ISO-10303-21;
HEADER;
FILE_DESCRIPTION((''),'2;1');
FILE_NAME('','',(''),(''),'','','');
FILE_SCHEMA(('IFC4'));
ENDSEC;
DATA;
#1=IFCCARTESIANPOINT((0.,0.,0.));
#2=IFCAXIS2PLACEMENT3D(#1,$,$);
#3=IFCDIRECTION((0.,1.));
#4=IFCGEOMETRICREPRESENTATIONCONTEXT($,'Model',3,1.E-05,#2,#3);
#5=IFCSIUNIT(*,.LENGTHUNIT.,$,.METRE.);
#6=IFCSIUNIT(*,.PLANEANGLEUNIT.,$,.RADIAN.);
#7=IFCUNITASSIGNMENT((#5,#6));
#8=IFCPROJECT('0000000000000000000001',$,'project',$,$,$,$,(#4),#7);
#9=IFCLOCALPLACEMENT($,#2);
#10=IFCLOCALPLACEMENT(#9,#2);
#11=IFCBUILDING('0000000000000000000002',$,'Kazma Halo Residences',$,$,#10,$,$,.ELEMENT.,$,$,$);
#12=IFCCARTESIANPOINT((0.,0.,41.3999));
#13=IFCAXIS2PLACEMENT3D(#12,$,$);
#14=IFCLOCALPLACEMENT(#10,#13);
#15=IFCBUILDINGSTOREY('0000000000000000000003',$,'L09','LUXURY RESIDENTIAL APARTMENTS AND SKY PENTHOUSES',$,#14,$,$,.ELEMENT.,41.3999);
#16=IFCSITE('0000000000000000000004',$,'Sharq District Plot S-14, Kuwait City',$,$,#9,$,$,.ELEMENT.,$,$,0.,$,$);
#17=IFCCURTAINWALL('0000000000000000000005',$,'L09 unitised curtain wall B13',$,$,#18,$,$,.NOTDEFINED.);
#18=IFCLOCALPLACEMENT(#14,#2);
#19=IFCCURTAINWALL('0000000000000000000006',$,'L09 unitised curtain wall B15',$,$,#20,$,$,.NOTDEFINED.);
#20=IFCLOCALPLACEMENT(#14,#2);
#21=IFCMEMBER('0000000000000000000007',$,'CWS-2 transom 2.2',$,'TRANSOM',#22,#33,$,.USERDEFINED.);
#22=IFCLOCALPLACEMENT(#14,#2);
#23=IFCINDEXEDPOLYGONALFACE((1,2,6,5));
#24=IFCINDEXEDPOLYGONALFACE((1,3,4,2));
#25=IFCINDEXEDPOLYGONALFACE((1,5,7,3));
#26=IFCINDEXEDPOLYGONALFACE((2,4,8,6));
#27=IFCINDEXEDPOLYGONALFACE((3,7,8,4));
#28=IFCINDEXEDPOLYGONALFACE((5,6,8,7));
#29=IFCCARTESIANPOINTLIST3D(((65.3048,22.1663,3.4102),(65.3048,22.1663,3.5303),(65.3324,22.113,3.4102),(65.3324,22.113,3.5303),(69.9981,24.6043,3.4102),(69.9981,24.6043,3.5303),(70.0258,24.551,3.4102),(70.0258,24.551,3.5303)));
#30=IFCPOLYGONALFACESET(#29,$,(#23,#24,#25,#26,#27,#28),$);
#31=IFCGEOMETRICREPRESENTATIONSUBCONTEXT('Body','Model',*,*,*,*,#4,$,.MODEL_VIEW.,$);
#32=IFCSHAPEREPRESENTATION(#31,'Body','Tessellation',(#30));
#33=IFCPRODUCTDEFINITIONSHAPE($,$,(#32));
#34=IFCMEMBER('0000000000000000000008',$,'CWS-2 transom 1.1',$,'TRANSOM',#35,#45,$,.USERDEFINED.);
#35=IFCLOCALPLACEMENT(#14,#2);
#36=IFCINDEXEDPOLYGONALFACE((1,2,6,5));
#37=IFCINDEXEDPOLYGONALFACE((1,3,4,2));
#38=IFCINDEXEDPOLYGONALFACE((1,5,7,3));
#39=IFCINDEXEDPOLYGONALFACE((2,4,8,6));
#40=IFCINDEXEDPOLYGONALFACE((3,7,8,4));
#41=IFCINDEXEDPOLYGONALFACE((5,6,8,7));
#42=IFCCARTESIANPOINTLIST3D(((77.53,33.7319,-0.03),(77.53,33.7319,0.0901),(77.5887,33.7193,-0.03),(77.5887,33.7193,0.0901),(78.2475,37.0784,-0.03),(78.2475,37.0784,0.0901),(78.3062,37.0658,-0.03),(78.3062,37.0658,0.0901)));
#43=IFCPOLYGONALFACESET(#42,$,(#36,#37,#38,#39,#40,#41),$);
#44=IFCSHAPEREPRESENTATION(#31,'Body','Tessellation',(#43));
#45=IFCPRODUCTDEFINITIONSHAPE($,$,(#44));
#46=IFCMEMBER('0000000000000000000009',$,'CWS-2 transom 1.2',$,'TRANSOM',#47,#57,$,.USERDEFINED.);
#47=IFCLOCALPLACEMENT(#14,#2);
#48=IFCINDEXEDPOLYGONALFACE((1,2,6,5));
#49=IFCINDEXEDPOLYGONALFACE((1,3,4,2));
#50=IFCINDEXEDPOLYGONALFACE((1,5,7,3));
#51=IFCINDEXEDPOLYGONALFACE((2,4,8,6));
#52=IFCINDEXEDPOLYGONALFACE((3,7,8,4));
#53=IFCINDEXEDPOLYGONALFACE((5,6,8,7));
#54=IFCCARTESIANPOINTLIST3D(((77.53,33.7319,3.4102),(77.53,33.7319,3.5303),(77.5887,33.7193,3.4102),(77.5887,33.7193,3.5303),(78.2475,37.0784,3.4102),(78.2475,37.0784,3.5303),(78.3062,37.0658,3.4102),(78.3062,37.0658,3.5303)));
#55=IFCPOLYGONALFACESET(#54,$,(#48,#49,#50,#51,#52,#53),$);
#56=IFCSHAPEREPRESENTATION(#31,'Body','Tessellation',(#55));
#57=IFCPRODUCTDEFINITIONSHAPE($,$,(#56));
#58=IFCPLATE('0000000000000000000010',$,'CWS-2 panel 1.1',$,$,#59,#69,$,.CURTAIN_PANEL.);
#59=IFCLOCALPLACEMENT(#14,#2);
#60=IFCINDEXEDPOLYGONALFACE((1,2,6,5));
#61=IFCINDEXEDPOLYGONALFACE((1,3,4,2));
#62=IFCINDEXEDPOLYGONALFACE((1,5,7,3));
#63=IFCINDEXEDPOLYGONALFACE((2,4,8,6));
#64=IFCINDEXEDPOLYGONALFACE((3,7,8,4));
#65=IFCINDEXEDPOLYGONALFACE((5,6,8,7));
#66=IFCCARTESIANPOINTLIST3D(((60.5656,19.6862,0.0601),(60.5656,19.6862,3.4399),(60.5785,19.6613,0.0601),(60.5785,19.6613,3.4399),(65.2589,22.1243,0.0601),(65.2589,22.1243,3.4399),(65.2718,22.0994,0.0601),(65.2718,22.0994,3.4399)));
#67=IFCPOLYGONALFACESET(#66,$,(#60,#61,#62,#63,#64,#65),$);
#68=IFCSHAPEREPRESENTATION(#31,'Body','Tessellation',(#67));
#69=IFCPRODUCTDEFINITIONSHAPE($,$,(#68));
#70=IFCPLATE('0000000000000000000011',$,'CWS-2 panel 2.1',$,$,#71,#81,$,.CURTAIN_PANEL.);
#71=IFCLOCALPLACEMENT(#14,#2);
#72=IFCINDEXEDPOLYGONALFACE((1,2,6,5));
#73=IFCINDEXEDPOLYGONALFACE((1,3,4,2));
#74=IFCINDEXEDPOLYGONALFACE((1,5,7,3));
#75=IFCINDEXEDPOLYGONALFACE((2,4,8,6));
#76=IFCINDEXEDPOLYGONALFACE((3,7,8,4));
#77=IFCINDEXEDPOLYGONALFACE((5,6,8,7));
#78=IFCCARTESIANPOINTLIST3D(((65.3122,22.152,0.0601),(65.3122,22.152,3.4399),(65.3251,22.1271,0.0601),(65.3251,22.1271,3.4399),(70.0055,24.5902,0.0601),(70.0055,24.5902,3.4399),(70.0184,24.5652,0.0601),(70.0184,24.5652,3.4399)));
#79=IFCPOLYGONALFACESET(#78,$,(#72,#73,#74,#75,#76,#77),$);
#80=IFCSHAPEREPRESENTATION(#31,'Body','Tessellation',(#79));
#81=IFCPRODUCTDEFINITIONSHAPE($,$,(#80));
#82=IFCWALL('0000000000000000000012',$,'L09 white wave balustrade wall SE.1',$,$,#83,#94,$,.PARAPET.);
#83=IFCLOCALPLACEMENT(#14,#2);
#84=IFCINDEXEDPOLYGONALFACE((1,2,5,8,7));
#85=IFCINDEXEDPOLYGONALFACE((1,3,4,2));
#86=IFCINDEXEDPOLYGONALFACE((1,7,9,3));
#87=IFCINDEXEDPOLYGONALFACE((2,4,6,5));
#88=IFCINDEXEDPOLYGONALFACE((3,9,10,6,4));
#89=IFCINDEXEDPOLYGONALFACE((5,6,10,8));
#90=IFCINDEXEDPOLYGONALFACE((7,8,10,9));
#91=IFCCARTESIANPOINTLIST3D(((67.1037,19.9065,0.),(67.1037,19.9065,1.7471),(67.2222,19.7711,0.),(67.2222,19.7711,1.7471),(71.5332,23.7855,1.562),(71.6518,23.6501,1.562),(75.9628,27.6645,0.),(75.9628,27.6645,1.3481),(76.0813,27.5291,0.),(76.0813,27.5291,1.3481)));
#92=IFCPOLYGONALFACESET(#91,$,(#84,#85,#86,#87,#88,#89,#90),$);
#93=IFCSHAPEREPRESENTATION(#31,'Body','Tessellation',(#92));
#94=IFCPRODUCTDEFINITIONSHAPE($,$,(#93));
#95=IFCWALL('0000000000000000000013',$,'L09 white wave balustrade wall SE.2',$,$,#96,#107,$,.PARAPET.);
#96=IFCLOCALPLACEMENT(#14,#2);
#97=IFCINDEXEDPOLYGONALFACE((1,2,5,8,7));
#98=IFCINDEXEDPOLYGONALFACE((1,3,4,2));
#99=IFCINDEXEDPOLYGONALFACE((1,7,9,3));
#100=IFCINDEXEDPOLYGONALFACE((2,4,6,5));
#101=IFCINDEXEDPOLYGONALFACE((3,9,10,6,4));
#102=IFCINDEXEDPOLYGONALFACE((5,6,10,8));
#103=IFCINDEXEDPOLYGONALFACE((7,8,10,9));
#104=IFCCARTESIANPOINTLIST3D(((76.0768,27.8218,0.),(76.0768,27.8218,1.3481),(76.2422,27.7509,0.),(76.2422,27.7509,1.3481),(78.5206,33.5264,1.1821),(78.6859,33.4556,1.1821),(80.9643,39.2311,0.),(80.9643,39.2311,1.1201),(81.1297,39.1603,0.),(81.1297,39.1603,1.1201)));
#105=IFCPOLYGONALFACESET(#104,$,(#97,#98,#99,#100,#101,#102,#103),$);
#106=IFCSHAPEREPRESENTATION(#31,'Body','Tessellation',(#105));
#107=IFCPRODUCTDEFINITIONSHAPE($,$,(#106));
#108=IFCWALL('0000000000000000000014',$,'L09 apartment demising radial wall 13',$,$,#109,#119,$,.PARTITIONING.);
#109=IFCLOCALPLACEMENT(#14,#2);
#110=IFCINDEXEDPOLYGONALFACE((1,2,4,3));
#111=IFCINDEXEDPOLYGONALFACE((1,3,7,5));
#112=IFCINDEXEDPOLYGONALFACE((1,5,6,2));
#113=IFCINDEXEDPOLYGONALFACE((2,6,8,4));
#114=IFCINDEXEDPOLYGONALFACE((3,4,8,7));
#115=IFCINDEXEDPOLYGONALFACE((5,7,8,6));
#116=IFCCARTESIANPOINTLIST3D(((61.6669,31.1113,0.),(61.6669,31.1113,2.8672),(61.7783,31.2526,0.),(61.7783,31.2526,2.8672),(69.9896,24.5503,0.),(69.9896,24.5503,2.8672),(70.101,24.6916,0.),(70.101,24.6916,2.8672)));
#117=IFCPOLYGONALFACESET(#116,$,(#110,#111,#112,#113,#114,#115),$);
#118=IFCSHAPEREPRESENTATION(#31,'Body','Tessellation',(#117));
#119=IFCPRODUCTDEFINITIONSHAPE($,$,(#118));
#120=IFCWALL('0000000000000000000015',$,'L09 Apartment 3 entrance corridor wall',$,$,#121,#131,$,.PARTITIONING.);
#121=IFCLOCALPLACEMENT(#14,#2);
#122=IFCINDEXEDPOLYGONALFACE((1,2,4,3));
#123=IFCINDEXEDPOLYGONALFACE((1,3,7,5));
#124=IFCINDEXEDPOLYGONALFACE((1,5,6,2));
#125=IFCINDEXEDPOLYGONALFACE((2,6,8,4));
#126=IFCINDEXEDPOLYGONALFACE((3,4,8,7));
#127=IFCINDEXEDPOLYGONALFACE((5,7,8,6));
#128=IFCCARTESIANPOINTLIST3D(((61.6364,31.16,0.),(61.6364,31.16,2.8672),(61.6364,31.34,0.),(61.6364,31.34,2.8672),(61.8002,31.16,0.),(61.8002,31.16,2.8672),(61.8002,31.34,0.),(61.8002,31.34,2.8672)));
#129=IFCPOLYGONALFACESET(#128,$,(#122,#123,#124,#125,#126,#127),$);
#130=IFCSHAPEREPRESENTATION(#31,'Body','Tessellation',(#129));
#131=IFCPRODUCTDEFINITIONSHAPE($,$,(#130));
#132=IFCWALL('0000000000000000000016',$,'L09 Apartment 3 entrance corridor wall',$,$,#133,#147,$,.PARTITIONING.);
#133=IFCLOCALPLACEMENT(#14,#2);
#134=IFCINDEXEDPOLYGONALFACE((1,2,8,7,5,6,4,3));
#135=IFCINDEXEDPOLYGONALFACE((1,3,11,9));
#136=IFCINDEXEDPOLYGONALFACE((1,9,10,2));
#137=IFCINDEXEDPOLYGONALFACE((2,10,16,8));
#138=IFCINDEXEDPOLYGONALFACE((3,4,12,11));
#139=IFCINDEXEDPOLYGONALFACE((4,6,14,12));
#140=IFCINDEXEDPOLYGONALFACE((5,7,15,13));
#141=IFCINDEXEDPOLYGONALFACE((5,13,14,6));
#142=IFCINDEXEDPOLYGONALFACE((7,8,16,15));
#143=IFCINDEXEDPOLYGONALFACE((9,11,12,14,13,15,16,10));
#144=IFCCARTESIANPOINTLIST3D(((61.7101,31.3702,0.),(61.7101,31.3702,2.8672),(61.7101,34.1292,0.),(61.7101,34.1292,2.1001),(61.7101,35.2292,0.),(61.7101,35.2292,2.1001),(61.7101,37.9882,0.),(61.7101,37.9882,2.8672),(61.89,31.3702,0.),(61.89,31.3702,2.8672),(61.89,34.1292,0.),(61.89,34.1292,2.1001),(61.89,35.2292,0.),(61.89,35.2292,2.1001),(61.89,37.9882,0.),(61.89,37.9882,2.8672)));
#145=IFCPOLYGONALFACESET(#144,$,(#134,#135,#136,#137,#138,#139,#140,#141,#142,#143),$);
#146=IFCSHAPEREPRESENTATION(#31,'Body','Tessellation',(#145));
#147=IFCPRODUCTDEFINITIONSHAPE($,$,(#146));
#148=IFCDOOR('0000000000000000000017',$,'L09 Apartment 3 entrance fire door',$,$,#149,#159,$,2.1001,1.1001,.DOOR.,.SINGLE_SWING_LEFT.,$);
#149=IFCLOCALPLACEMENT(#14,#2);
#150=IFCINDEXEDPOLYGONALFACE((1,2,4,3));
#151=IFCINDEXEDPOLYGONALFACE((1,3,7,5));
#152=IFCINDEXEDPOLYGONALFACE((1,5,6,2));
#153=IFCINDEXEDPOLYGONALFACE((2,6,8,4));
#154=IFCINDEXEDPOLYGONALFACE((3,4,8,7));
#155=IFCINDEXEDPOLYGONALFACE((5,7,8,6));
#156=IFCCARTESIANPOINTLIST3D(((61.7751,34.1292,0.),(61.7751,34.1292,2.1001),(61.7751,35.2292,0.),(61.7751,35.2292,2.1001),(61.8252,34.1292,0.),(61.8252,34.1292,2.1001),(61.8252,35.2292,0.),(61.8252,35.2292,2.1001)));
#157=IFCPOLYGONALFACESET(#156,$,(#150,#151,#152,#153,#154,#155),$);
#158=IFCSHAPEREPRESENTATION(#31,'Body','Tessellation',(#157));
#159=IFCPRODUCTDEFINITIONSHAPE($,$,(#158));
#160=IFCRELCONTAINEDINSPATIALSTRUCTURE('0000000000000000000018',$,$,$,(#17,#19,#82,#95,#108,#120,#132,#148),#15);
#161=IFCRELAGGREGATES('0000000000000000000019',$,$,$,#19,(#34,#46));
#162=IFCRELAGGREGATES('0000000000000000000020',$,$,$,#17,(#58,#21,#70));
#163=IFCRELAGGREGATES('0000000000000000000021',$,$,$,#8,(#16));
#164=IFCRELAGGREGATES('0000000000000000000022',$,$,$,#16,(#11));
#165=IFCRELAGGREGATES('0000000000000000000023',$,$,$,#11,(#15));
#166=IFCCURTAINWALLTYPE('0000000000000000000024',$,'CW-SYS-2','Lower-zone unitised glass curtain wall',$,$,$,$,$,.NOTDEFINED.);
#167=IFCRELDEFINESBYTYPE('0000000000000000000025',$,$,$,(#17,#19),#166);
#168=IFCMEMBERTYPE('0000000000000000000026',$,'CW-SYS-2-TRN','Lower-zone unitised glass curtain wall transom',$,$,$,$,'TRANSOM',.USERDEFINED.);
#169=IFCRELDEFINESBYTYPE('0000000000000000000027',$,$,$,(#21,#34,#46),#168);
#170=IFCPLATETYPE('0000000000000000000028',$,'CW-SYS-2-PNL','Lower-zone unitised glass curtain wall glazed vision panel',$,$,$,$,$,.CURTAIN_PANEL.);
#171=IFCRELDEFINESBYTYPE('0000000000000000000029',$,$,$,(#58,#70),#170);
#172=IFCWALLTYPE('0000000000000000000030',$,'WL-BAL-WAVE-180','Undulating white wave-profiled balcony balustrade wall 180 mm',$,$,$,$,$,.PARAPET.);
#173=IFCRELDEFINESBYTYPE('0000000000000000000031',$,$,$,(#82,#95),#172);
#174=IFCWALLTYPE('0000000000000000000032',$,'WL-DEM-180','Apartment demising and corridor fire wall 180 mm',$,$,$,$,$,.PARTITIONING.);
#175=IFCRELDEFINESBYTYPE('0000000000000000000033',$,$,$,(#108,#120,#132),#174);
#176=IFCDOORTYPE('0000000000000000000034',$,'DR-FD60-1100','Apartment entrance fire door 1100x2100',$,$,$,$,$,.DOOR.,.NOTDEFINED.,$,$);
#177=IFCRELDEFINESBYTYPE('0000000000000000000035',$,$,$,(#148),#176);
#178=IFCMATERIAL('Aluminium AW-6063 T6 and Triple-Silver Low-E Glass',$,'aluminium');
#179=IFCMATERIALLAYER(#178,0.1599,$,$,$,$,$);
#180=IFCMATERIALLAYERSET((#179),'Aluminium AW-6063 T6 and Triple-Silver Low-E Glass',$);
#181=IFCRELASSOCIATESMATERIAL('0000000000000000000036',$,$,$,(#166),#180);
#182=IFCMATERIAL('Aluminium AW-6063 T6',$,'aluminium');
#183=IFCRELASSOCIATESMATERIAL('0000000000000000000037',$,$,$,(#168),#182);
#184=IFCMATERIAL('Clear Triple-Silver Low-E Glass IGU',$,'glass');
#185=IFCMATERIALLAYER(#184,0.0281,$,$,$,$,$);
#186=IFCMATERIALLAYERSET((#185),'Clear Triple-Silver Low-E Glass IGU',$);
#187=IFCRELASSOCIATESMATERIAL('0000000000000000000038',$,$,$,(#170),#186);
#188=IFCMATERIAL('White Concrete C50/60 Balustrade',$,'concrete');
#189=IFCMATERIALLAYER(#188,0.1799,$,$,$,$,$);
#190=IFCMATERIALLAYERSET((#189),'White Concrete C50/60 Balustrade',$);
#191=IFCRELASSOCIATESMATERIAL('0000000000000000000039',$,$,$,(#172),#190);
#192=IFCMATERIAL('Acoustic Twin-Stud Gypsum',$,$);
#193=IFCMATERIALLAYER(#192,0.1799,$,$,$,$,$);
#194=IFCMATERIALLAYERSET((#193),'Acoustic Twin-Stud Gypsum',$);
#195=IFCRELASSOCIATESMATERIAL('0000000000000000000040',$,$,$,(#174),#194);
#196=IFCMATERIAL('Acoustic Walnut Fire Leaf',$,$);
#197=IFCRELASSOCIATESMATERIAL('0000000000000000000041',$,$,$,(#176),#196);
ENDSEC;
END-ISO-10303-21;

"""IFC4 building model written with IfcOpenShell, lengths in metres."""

from ifc_helpers import new_model, si_unit, direction, frame, frame_2d, origin, origin_2d, place, context, subcontext, project, spatial, polyline, rectangle, outline, extrude, material, layer, layer_set, material_profile, profile_set, type_object, element, fill, aggregate, save


model = new_model("IFC4")

# Units and contexts
model_context = context("Model", 3, precision=1e-05, world=origin(), true_north=direction((0.0, 1.0)))
body_context = subcontext(model_context, "Body", "Model", "MODEL_VIEW")
ifc_project = project(units=[si_unit("LENGTHUNIT", "METRE"), si_unit("PLANEANGLEUNIT", "RADIAN")], contexts=[model_context])

# Site, building, storey
site_placement = place(None, origin())
site = spatial("IfcSite", under=ifc_project, at=site_placement, Name="Sharq District Plot S-14, Kuwait City", CompositionType="ELEMENT", RefElevation=0.0)
building_placement = place(site_placement, origin())
building = spatial("IfcBuilding", under=site, at=building_placement, Name="Kazma Halo Residences", CompositionType="ELEMENT")
storey_placement = place(building_placement, frame((0.0, 0.0, 41.3999)))
storey = spatial("IfcBuildingStorey", under=building, at=storey_placement, Name="L09", Description="LUXURY RESIDENTIAL APARTMENTS AND SKY PENTHOUSES", CompositionType="ELEMENT", Elevation=41.3999)

# Curtain wall
ifc_material_1 = material(Name="Aluminium AW-6063 T6 and Triple-Silver Low-E Glass", Category="aluminium")
ifc_layer_1 = layer(ifc_material_1, 0.1599)
ifc_layer_set_1 = layer_set([ifc_layer_1], Name="Aluminium AW-6063 T6 and Triple-Silver Low-E Glass")
curtain_wall_type = type_object("IfcCurtainWallType", Name="CW-SYS-2", Description="Lower-zone unitised glass curtain wall", PredefinedType="NOTDEFINED", material=ifc_layer_set_1)
curtain_wall_1_placement = place(storey_placement, origin())
curtain_wall_1 = element("IfcCurtainWall", 1, at=curtain_wall_1_placement, inside=storey, type_object=curtain_wall_type, Name="L09 unitised curtain wall B13", PredefinedType="NOTDEFINED")
ifc_material_2 = material(Name="Aluminium AW-6063 T6", Category="aluminium")

# Curtain wall
curtain_wall_2_placement = place(storey_placement, origin())
curtain_wall_2 = element("IfcCurtainWall", 2, at=curtain_wall_2_placement, inside=storey, type_object=curtain_wall_type, Name="L09 unitised curtain wall B15", PredefinedType="NOTDEFINED")

# Members
ifc_material_profile_1 = material_profile(ifc_material_2, rectangle(XDim=0.0601, YDim=0.1201, at=origin_2d()), Name="CWT-60x120")
ifc_profile_set_1 = profile_set([ifc_material_profile_1], Name="Aluminium AW-6063 T6")
member_type_1 = type_object("IfcMemberType", Name="CW-SYS-2-TRN", Description="Lower-zone unitised glass curtain wall transom", ElementType="TRANSOM", PredefinedType="USERDEFINED", material=ifc_profile_set_1)
member_1_placement = place(storey_placement, frame((65.3186, 22.1396, 3.4702), z_axis=(0.887415, 0.460972, 0.0), x_axis=(-0.460972, 0.887415, 0.0)))
member_1 = element("IfcMember", 3, at=member_1_placement, type_object=member_type_1, Name="CWS-2 transom 2.2", ObjectType="TRANSOM", PredefinedType="USERDEFINED", context=body_context, shape_type="SweptSolid", body=[
    extrude(rectangle(XDim=0.0601, YDim=0.1201, at=origin_2d()), origin(), (0.0, 0.0, 1.0), 5.2888),
])
member_2_placement = place(storey_placement, frame((77.5593, 33.7256, 0.03), z_axis=(0.209651, 0.977776, 0.0), x_axis=(-0.977776, 0.209651, 0.0)))
member_2 = element("IfcMember", 4, at=member_2_placement, type_object=member_type_1, Name="CWS-2 transom 1.1", ObjectType="TRANSOM", PredefinedType="USERDEFINED", context=body_context, shape_type="SweptSolid", body=[
    extrude(rectangle(XDim=0.0601, YDim=0.1201, at=origin_2d()), origin(), (0.0, 0.0, 1.0), 3.4226),
])
member_3_placement = place(storey_placement, frame((77.5593, 33.7256, 3.4702), z_axis=(0.209651, 0.977776, 0.0), x_axis=(-0.977776, 0.209651, 0.0)))
member_3 = element("IfcMember", 5, at=member_3_placement, type_object=member_type_1, Name="CWS-2 transom 1.2", ObjectType="TRANSOM", PredefinedType="USERDEFINED", context=body_context, shape_type="SweptSolid", body=[
    extrude(rectangle(XDim=0.0601, YDim=0.1201, at=origin_2d()), origin(), (0.0, 0.0, 1.0), 3.4226),
])
aggregate(curtain_wall_2, [member_2, member_3])

# Plates
ifc_material_3 = material(Name="Clear Triple-Silver Low-E Glass IGU", Category="glass")
ifc_layer_2 = layer(ifc_material_3, 0.0281)
ifc_layer_set_2 = layer_set([ifc_layer_2], Name="Clear Triple-Silver Low-E Glass IGU")
plate_type = type_object("IfcPlateType", Name="CW-SYS-2-PNL", Description="Lower-zone unitised glass curtain wall glazed vision panel", PredefinedType="CURTAIN_PANEL", material=ifc_layer_set_2)
plate_1_placement = place(storey_placement, frame((62.9187, 20.8928, 0.0601), z_axis=(0.0, 0.0, 1.0), x_axis=(0.887402, 0.460996, 0.0)))
plate_1 = element("IfcPlate", 6, at=plate_1_placement, type_object=plate_type, Name="CWS-2 panel 1.1", PredefinedType="CURTAIN_PANEL", context=body_context, shape_type="SweptSolid", body=[
    extrude(rectangle(XDim=5.2888, YDim=0.0281, at=origin_2d()), origin(), (0.0, 0.0, 1.0), 3.3799),
])
plate_2_placement = place(storey_placement, frame((67.6653, 23.3586, 0.0601), z_axis=(0.0, 0.0, 1.0), x_axis=(0.887402, 0.460996, 0.0)))
plate_2 = element("IfcPlate", 7, at=plate_2_placement, type_object=plate_type, Name="CWS-2 panel 2.1", PredefinedType="CURTAIN_PANEL", context=body_context, shape_type="SweptSolid", body=[
    extrude(rectangle(XDim=5.2888, YDim=0.0281, at=origin_2d()), origin(), (0.0, 0.0, 1.0), 3.3799),
])
aggregate(curtain_wall_1, [plate_1, member_1, plate_2])

# Walls
ifc_material_4 = material(Name="White Concrete C50/60 Balustrade", Category="concrete")
ifc_layer_3 = layer(ifc_material_4, 0.1799)
ifc_layer_set_3 = layer_set([ifc_layer_3], Name="White Concrete C50/60 Balustrade")
wall_type_1 = type_object("IfcWallType", Name="WL-BAL-WAVE-180", Description="Undulating white wave-profiled balcony balustrade wall 180 mm", PredefinedType="PARAPET", material=ifc_layer_set_3)
wall_1_placement = place(storey_placement, frame((67.1628, 19.8389, 0.0), z_axis=(0.0, 0.0, 1.0), x_axis=(0.752311, 0.658808, 0.0)))
element("IfcWall", 8, at=wall_1_placement, inside=storey, type_object=wall_type_1, Name="L09 white wave balustrade wall SE.1", PredefinedType="PARAPET", context=body_context, shape_type="SweptSolid", body=[
    extrude(outline(polyline([(0.0, 0.0), (11.7759, 0.0), (11.7759, 1.3481), (5.8879, 1.562), (0.0, 1.7471), (0.0, 0.0)])), frame((0.0, 0.0898, 0.0), z_axis=(0.0, -1.0, 0.0), x_axis=(1.0, 0.0, 0.0)), (0.0, 0.0, 1.0), 0.1799),
])
wall_2_placement = place(storey_placement, frame((76.1594, 27.7864, 0.0), z_axis=(0.0, 0.0, 1.0), x_axis=(0.393763, 0.919212, 0.0)))
element("IfcWall", 9, at=wall_2_placement, inside=storey, type_object=wall_type_1, Name="L09 white wave balustrade wall SE.2", PredefinedType="PARAPET", context=body_context, shape_type="SweptSolid", body=[
    extrude(outline(polyline([(0.0, 0.0), (12.4121, 0.0), (12.4121, 1.1201), (6.2061, 1.1821), (0.0, 1.3481), (0.0, 0.0)])), frame((0.0, 0.0898, 0.0), z_axis=(0.0, -1.0, 0.0), x_axis=(1.0, 0.0, 0.0)), (0.0, 0.0, 1.0), 0.1799),
])
ifc_material_5 = material(Name="Acoustic Twin-Stud Gypsum")
ifc_layer_4 = layer(ifc_material_5, 0.1799)
ifc_layer_set_4 = layer_set([ifc_layer_4], Name="Acoustic Twin-Stud Gypsum")
wall_type_2 = type_object("IfcWallType", Name="WL-DEM-180", Description="Apartment demising and corridor fire wall 180 mm", PredefinedType="PARTITIONING", material=ifc_layer_set_4)
wall_3_placement = place(storey_placement, frame((61.7227, 31.1819, 0.0), z_axis=(0.0, 0.0, 1.0), x_axis=(0.785321, -0.619088, 0.0)))
element("IfcWall", 10, at=wall_3_placement, inside=storey, type_object=wall_type_2, Name="L09 apartment demising radial wall 13", PredefinedType="PARTITIONING", context=body_context, shape_type="SweptSolid", body=[
    extrude(rectangle(XDim=10.5979, YDim=0.1799, at=frame_2d((5.2988, 0.0))), origin(), (0.0, 0.0, 1.0), 2.8672),
])
wall_4_placement = place(storey_placement, frame((61.6362, 31.25, 0.0), z_axis=(0.0, 0.0, 1.0), x_axis=(1.0, 0.0, 0.0)))
element("IfcWall", 11, at=wall_4_placement, inside=storey, type_object=wall_type_2, Name="L09 Apartment 3 entrance corridor wall", PredefinedType="PARTITIONING", context=body_context, shape_type="SweptSolid", body=[
    extrude(rectangle(XDim=0.1638, YDim=0.1799, at=frame_2d((0.082, 0.0))), origin(), (0.0, 0.0, 1.0), 2.8672),
])

# Wall, opening, door
wall_5_placement = place(storey_placement, frame((61.8, 31.3701, 0.0), z_axis=(0.0, 0.0, 1.0), x_axis=(0.0, 1.0, 0.0)))
wall_5 = element("IfcWall", 12, at=wall_5_placement, inside=storey, type_object=wall_type_2, Name="L09 Apartment 3 entrance corridor wall", PredefinedType="PARTITIONING", context=body_context, shape_type="SweptSolid", body=[
    extrude(rectangle(XDim=6.6179, YDim=0.1799, at=frame_2d((3.3091, 0.0))), origin(), (0.0, 0.0, 1.0), 2.8672),
])
opening_1_placement = place(wall_5_placement, frame((2.759, 0.0, 0.0)))
opening_1 = element("IfcOpeningElement", 13, at=opening_1_placement, cuts=wall_5, PredefinedType="OPENING", context=body_context, shape_type="SweptSolid", body=[
    extrude(rectangle(XDim=1.1001, YDim=2.1001, at=frame_2d((0.55, 1.05))), frame((0.0, 0.0999, 0.0), z_axis=(0.0, -1.0, 0.0), x_axis=(1.0, 0.0, 0.0)), (0.0, 0.0, 1.0), 0.2),
])
ifc_material_6 = material(Name="Acoustic Walnut Fire Leaf")
door_type_1 = type_object("IfcDoorType", Name="DR-FD60-1100", Description="Apartment entrance fire door 1100x2100", OperationType="NOTDEFINED", PredefinedType="DOOR", material=ifc_material_6)
door_1_placement = place(opening_1_placement, origin())
door_1 = element("IfcDoor", 14, at=door_1_placement, inside=storey, type_object=door_type_1, Name="L09 Apartment 3 entrance fire door", OperationType="SINGLE_SWING_LEFT", OverallHeight=2.1001, OverallWidth=1.1001, PredefinedType="DOOR", context=body_context, shape_type="SweptSolid", body=[
    extrude(rectangle(XDim=1.1001, YDim=2.1001, at=frame_2d((0.55, 1.05))), frame((0.0, 0.0249, 0.0), z_axis=(0.0, -1.0, 0.0), x_axis=(1.0, 0.0, 0.0)), (0.0, 0.0, 1.0), 0.05),
])
fill(opening_1, door_1)

save(model, "model.ifc")
